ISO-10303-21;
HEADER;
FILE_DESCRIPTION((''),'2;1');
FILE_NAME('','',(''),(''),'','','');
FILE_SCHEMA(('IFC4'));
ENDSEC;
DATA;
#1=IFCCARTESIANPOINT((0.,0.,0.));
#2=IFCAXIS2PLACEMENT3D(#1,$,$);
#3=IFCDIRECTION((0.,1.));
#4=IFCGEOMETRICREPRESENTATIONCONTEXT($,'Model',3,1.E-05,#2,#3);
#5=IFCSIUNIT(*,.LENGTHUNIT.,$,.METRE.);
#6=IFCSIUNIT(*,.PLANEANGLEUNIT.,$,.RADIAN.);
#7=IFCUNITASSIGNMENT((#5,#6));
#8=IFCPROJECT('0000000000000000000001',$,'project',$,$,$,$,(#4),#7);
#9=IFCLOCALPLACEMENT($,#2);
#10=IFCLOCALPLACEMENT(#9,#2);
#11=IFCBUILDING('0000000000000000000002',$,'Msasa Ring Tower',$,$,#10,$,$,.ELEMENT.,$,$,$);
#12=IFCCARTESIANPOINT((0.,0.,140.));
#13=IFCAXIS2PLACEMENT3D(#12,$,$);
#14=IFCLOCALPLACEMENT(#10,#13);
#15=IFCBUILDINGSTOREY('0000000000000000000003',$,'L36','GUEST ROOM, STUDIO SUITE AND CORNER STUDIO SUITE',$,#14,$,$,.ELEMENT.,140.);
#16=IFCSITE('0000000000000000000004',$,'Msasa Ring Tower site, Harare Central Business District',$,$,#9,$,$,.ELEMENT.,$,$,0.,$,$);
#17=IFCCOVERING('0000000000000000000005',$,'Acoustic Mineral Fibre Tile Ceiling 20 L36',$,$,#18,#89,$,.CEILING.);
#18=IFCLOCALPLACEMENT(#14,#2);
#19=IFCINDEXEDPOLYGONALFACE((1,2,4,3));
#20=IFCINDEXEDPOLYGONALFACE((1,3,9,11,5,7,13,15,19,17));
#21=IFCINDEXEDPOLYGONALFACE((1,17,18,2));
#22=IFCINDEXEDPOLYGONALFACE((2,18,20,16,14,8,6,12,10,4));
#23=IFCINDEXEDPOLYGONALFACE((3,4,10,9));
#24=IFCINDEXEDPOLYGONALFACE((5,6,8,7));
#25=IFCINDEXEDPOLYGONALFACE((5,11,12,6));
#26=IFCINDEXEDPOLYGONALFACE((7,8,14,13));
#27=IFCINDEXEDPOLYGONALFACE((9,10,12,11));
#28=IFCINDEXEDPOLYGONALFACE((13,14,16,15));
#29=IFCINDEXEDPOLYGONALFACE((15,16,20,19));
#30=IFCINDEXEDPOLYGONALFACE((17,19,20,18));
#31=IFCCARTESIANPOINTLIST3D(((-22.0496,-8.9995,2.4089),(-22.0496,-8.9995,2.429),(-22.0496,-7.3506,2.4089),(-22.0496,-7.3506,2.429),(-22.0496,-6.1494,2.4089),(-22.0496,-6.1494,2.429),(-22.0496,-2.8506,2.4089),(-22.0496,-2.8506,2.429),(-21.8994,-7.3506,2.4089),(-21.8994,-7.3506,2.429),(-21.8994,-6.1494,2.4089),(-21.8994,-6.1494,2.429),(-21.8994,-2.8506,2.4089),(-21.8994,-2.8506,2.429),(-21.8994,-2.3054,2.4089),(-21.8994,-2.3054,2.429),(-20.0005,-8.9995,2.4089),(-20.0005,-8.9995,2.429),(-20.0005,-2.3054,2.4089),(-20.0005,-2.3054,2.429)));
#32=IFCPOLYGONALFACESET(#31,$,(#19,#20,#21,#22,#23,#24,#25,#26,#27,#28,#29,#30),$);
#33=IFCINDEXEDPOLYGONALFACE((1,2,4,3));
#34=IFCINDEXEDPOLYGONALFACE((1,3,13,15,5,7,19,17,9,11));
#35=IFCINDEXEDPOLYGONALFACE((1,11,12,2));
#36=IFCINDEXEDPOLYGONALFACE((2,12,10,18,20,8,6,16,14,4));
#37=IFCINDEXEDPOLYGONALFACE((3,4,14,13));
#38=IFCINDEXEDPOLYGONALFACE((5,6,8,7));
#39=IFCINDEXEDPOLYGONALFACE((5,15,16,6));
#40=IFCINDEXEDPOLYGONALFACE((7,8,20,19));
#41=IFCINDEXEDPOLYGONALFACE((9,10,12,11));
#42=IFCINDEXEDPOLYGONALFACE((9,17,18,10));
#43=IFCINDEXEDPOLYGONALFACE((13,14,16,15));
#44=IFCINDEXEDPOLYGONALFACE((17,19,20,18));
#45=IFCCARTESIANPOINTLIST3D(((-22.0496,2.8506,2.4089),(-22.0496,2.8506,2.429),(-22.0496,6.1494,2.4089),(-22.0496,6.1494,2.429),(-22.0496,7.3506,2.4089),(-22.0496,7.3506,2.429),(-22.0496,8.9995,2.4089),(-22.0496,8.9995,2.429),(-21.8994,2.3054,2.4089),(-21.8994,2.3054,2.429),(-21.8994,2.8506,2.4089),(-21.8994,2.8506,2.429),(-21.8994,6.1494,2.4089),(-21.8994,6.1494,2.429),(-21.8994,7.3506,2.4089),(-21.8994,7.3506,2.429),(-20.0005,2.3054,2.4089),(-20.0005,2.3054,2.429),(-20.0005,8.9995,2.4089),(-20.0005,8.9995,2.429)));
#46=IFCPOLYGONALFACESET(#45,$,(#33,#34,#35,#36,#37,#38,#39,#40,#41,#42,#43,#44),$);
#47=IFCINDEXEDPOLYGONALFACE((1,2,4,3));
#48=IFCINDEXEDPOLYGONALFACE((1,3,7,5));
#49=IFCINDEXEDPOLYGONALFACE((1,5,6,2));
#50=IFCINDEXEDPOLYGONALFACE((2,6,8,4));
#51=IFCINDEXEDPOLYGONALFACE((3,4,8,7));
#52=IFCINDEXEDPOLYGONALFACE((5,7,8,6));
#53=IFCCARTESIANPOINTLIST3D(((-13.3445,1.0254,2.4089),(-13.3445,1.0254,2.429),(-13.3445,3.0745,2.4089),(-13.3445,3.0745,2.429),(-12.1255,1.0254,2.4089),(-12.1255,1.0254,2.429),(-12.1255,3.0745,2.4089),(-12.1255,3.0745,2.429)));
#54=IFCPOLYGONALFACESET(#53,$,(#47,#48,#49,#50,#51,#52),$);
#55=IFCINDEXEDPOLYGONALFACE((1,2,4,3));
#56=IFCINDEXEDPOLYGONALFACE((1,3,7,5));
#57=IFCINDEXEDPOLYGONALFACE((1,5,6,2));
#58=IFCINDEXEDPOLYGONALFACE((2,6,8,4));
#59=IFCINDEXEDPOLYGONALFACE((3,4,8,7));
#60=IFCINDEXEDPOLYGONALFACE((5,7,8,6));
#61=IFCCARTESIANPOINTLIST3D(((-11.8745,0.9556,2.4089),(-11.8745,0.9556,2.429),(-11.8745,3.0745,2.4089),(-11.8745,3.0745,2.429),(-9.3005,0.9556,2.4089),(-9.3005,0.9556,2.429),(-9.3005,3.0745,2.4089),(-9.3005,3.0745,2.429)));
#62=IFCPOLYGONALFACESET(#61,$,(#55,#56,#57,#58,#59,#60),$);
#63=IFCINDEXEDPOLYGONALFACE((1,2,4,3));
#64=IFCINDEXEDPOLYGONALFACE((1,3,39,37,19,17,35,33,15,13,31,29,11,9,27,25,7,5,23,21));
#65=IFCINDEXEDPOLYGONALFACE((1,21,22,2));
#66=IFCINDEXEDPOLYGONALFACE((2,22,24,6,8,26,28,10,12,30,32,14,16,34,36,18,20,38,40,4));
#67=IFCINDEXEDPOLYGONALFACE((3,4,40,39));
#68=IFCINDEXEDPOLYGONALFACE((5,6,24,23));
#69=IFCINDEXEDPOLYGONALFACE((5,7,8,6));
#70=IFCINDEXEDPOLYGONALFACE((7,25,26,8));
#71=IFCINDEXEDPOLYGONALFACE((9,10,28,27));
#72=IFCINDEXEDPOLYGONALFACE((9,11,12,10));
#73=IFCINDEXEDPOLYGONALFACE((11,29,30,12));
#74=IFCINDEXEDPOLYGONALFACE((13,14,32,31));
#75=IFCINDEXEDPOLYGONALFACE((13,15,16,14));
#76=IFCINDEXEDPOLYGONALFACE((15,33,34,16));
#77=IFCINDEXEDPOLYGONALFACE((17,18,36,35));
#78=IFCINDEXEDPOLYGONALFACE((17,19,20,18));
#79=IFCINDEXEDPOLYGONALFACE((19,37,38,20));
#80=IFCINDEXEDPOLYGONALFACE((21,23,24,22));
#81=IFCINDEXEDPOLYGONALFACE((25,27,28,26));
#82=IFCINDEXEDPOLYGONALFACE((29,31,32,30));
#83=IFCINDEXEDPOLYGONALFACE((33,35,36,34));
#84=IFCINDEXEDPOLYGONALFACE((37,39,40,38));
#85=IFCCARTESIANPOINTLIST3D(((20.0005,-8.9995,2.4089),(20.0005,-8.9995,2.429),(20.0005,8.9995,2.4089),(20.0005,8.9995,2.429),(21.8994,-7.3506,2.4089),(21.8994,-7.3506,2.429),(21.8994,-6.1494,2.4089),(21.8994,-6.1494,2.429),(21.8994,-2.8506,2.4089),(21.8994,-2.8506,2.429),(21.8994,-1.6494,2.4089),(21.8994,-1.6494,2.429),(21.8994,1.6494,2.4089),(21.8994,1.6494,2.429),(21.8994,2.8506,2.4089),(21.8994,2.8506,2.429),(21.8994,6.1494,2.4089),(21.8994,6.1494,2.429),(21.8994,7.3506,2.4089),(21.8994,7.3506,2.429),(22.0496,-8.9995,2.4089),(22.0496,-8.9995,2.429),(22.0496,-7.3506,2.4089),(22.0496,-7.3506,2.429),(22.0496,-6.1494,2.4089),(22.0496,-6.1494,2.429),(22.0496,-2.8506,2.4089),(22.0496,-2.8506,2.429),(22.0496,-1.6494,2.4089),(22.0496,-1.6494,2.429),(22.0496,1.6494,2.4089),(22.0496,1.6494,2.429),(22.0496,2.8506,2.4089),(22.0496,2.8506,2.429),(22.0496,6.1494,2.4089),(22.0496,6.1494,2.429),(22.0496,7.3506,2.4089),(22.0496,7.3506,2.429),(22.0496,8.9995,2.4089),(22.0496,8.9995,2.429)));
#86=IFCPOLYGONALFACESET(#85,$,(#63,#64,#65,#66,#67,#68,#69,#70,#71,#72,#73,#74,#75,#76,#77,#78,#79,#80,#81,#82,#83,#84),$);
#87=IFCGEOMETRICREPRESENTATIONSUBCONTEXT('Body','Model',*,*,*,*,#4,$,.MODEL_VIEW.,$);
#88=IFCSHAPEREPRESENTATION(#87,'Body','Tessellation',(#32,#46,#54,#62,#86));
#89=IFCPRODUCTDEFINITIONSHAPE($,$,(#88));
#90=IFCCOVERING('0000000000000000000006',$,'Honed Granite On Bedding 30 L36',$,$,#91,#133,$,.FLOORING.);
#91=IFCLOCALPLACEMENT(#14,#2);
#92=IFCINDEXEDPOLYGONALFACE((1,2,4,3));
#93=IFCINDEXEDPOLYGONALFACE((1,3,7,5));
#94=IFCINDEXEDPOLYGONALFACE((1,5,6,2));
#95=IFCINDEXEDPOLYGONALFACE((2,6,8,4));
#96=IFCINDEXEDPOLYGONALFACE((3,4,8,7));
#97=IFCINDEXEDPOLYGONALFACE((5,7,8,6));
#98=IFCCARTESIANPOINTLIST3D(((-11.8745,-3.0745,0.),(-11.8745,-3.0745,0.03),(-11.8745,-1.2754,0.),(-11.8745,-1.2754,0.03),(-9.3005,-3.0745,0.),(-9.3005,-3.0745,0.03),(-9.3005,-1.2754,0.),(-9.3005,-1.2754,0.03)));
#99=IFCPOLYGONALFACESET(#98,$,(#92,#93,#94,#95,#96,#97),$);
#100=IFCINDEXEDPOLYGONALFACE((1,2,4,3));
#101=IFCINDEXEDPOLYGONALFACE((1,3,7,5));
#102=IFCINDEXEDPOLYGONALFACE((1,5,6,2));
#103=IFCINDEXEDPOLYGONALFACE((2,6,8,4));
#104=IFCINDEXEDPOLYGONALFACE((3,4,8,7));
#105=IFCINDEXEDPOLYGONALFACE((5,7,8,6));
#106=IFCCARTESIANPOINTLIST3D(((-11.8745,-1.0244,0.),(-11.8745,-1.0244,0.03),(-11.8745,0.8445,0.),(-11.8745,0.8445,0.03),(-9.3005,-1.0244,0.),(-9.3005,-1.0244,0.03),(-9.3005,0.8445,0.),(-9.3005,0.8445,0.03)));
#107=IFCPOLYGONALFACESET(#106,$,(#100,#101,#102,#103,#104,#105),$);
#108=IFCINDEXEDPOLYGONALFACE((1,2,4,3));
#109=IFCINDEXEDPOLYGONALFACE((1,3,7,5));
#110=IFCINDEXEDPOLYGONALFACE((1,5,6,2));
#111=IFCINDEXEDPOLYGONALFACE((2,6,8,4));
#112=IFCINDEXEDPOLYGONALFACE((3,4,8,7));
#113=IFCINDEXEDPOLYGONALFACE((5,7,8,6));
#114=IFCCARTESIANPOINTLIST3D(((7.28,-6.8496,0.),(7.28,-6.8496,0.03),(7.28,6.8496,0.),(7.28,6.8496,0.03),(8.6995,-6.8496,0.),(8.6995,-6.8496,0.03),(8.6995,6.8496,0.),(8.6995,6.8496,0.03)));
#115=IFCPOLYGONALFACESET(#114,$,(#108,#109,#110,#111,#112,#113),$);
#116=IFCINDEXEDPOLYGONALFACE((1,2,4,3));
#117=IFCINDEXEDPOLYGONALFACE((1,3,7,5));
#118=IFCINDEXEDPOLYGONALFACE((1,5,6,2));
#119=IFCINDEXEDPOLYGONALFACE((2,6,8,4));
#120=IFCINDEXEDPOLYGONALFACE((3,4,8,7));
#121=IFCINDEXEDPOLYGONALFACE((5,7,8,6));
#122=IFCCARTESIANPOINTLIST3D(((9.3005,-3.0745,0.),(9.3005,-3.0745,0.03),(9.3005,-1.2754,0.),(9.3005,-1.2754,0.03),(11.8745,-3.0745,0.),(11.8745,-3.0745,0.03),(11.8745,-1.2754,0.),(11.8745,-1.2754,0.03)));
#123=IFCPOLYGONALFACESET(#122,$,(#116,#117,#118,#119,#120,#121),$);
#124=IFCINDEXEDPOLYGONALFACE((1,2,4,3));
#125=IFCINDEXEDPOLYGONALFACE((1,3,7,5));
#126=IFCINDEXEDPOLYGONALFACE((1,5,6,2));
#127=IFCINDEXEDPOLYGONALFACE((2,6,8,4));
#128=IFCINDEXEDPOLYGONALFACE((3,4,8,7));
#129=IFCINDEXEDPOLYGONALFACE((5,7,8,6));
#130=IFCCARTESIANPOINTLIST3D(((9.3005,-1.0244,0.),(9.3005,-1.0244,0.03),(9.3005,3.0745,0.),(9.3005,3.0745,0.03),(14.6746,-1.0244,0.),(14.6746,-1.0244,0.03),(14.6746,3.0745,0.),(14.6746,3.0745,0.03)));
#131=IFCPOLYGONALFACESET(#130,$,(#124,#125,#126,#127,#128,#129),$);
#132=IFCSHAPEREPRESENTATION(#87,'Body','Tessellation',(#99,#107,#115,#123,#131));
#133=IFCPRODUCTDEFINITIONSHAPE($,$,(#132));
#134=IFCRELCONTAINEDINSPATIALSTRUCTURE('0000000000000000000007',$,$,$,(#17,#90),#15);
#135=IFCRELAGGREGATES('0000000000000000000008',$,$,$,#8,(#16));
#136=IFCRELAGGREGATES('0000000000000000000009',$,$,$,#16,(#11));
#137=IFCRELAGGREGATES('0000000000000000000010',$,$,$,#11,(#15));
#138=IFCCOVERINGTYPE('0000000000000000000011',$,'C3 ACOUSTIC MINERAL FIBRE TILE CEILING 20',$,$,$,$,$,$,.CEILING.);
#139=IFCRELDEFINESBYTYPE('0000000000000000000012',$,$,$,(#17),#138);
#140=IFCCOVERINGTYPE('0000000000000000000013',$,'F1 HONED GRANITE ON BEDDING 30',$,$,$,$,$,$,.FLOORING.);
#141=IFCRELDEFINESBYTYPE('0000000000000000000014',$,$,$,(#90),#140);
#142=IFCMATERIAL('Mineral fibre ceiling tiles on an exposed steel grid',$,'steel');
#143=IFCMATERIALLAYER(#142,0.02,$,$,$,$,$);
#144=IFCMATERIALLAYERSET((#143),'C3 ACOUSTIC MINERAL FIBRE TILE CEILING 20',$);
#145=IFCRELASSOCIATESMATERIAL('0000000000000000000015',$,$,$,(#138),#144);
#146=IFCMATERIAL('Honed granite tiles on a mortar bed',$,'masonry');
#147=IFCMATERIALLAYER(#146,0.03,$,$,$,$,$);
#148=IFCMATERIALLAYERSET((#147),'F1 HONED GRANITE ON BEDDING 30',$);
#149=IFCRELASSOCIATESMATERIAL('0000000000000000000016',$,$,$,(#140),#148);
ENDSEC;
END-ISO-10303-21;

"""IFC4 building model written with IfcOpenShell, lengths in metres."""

from ifc_helpers import new_model, si_unit, direction, frame, origin, place, context, subcontext, project, spatial, line, indexed_curve, outline, extrude, material, layer, layer_set, type_object, element, save


model = new_model("IFC4")

# Units and contexts
model_context = context("Model", 3, precision=1e-05, world=origin(), true_north=direction((0.0, 1.0)))
body_context = subcontext(model_context, "Body", "Model", "MODEL_VIEW")
ifc_project = project(units=[si_unit("LENGTHUNIT", "METRE"), si_unit("PLANEANGLEUNIT", "RADIAN")], contexts=[model_context])

# Site, building, storey
site_placement = place(None, origin())
site = spatial("IfcSite", under=ifc_project, at=site_placement, Name="Msasa Ring Tower site, Harare Central Business District", CompositionType="ELEMENT", RefElevation=0.0)
building_placement = place(site_placement, origin())
building = spatial("IfcBuilding", under=site, at=building_placement, Name="Msasa Ring Tower", CompositionType="ELEMENT")
storey_placement = place(building_placement, frame((0.0, 0.0, 140.0)))
storey = spatial("IfcBuildingStorey", under=building, at=storey_placement, Name="L36", Description="GUEST ROOM, STUDIO SUITE AND CORNER STUDIO SUITE", CompositionType="ELEMENT", Elevation=140.0)

# Coverings
ifc_material_1 = material(Name="Mineral fibre ceiling tiles on an exposed steel grid", Category="steel")
ifc_layer_1 = layer(ifc_material_1, 0.02)
ifc_layer_set_1 = layer_set([ifc_layer_1], Name="C3 ACOUSTIC MINERAL FIBRE TILE CEILING 20")
covering_type_1 = type_object("IfcCoveringType", Name="C3 ACOUSTIC MINERAL FIBRE TILE CEILING 20", PredefinedType="CEILING", material=ifc_layer_set_1)
covering_1_placement = place(storey_placement, frame((0.0, 0.0, 2.4089)))
element("IfcCovering", 1, at=covering_1_placement, inside=storey, type_object=covering_type_1, Name="Acoustic Mineral Fibre Tile Ceiling 20 L36", PredefinedType="CEILING", context=body_context, shape_type="SweptSolid", body=[
    extrude(outline(indexed_curve([(-22.0496, -7.3506), (-21.8994, -7.3506), (-21.8994, -6.1494), (-22.0496, -6.1494), (-22.0496, -2.8506), (-21.8994, -2.8506), (-21.8994, -2.3054), (-20.0005, -2.3054), (-20.0005, -8.9995), (-22.0496, -8.9995)], segments=[line(1, 2, 3, 4, 5, 6, 7, 8, 9, 10, 1)], self_intersect=False)), origin(), (0.0, 0.0, 1.0), 0.02),
    extrude(outline(indexed_curve([(-20.0005, 8.9995), (-20.0005, 2.3054), (-21.8994, 2.3054), (-21.8994, 2.8506), (-22.0496, 2.8506), (-22.0496, 6.1494), (-21.8994, 6.1494), (-21.8994, 7.3506), (-22.0496, 7.3506), (-22.0496, 8.9995)], segments=[line(1, 2, 3, 4, 5, 6, 7, 8, 9, 10, 1)], self_intersect=False)), origin(), (0.0, 0.0, 1.0), 0.02),
    extrude(outline(indexed_curve([(-13.3445, 3.0745), (-12.1255, 3.0745), (-12.1255, 1.0254), (-13.3445, 1.0254)], segments=[line(1, 2, 3, 4, 1)], self_intersect=False)), origin(), (0.0, 0.0, 1.0), 0.02),
    extrude(outline(indexed_curve([(-9.3005, 0.9556), (-11.8745, 0.9556), (-11.8745, 3.0745), (-9.3005, 3.0745)], segments=[line(1, 2, 3, 4, 1)], self_intersect=False)), origin(), (0.0, 0.0, 1.0), 0.02),
    extrude(outline(indexed_curve([(22.0496, 8.9995), (22.0496, 7.3506), (21.8994, 7.3506), (21.8994, 6.1494), (22.0496, 6.1494), (22.0496, 2.8506), (21.8994, 2.8506), (21.8994, 1.6494), (22.0496, 1.6494), (22.0496, -1.6494), (21.8994, -1.6494), (21.8994, -2.8506), (22.0496, -2.8506), (22.0496, -6.1494), (21.8994, -6.1494), (21.8994, -7.3506), (22.0496, -7.3506), (22.0496, -8.9995), (20.0005, -8.9995), (20.0005, 8.9995)], segments=[line(1, 2, 3, 4, 5, 6, 7, 8, 9, 10, 11, 12, 13, 14, 15, 16, 17, 18, 19, 20, 1)], self_intersect=False)), origin(), (0.0, 0.0, 1.0), 0.02),
])
ifc_material_2 = material(Name="Honed granite tiles on a mortar bed", Category="masonry")
ifc_layer_2 = layer(ifc_material_2, 0.03)
ifc_layer_set_2 = layer_set([ifc_layer_2], Name="F1 HONED GRANITE ON BEDDING 30")
covering_type_2 = type_object("IfcCoveringType", Name="F1 HONED GRANITE ON BEDDING 30", PredefinedType="FLOORING", material=ifc_layer_set_2)
covering_2_placement = place(storey_placement, origin())
element("IfcCovering", 2, at=covering_2_placement, inside=storey, type_object=covering_type_2, Name="Honed Granite On Bedding 30 L36", PredefinedType="FLOORING", context=body_context, shape_type="SweptSolid", body=[
    extrude(outline(indexed_curve([(-11.8745, -3.0745), (-11.8745, -1.2754), (-9.3005, -1.2754), (-9.3005, -3.0745)], segments=[line(1, 2, 3, 4, 1)], self_intersect=False)), origin(), (0.0, 0.0, 1.0), 0.03),
    extrude(outline(indexed_curve([(-11.8745, -1.0244), (-11.8745, 0.8445), (-9.3005, 0.8445), (-9.3005, -1.0244)], segments=[line(1, 2, 3, 4, 1)], self_intersect=False)), origin(), (0.0, 0.0, 1.0), 0.03),
    extrude(outline(indexed_curve([(8.6995, 6.8496), (8.6995, -6.8496), (7.28, -6.8496), (7.28, 6.8496)], segments=[line(1, 2, 3, 4, 1)], self_intersect=False)), origin(), (0.0, 0.0, 1.0), 0.03),
    extrude(outline(indexed_curve([(9.3005, -3.0745), (9.3005, -1.2754), (11.8745, -1.2754), (11.8745, -3.0745)], segments=[line(1, 2, 3, 4, 1)], self_intersect=False)), origin(), (0.0, 0.0, 1.0), 0.03),
    extrude(outline(indexed_curve([(9.3005, 3.0745), (14.6746, 3.0745), (14.6746, -1.0244), (9.3005, -1.0244)], segments=[line(1, 2, 3, 4, 1)], self_intersect=False)), origin(), (0.0, 0.0, 1.0), 0.03),
])

save(model, "model.ifc")
